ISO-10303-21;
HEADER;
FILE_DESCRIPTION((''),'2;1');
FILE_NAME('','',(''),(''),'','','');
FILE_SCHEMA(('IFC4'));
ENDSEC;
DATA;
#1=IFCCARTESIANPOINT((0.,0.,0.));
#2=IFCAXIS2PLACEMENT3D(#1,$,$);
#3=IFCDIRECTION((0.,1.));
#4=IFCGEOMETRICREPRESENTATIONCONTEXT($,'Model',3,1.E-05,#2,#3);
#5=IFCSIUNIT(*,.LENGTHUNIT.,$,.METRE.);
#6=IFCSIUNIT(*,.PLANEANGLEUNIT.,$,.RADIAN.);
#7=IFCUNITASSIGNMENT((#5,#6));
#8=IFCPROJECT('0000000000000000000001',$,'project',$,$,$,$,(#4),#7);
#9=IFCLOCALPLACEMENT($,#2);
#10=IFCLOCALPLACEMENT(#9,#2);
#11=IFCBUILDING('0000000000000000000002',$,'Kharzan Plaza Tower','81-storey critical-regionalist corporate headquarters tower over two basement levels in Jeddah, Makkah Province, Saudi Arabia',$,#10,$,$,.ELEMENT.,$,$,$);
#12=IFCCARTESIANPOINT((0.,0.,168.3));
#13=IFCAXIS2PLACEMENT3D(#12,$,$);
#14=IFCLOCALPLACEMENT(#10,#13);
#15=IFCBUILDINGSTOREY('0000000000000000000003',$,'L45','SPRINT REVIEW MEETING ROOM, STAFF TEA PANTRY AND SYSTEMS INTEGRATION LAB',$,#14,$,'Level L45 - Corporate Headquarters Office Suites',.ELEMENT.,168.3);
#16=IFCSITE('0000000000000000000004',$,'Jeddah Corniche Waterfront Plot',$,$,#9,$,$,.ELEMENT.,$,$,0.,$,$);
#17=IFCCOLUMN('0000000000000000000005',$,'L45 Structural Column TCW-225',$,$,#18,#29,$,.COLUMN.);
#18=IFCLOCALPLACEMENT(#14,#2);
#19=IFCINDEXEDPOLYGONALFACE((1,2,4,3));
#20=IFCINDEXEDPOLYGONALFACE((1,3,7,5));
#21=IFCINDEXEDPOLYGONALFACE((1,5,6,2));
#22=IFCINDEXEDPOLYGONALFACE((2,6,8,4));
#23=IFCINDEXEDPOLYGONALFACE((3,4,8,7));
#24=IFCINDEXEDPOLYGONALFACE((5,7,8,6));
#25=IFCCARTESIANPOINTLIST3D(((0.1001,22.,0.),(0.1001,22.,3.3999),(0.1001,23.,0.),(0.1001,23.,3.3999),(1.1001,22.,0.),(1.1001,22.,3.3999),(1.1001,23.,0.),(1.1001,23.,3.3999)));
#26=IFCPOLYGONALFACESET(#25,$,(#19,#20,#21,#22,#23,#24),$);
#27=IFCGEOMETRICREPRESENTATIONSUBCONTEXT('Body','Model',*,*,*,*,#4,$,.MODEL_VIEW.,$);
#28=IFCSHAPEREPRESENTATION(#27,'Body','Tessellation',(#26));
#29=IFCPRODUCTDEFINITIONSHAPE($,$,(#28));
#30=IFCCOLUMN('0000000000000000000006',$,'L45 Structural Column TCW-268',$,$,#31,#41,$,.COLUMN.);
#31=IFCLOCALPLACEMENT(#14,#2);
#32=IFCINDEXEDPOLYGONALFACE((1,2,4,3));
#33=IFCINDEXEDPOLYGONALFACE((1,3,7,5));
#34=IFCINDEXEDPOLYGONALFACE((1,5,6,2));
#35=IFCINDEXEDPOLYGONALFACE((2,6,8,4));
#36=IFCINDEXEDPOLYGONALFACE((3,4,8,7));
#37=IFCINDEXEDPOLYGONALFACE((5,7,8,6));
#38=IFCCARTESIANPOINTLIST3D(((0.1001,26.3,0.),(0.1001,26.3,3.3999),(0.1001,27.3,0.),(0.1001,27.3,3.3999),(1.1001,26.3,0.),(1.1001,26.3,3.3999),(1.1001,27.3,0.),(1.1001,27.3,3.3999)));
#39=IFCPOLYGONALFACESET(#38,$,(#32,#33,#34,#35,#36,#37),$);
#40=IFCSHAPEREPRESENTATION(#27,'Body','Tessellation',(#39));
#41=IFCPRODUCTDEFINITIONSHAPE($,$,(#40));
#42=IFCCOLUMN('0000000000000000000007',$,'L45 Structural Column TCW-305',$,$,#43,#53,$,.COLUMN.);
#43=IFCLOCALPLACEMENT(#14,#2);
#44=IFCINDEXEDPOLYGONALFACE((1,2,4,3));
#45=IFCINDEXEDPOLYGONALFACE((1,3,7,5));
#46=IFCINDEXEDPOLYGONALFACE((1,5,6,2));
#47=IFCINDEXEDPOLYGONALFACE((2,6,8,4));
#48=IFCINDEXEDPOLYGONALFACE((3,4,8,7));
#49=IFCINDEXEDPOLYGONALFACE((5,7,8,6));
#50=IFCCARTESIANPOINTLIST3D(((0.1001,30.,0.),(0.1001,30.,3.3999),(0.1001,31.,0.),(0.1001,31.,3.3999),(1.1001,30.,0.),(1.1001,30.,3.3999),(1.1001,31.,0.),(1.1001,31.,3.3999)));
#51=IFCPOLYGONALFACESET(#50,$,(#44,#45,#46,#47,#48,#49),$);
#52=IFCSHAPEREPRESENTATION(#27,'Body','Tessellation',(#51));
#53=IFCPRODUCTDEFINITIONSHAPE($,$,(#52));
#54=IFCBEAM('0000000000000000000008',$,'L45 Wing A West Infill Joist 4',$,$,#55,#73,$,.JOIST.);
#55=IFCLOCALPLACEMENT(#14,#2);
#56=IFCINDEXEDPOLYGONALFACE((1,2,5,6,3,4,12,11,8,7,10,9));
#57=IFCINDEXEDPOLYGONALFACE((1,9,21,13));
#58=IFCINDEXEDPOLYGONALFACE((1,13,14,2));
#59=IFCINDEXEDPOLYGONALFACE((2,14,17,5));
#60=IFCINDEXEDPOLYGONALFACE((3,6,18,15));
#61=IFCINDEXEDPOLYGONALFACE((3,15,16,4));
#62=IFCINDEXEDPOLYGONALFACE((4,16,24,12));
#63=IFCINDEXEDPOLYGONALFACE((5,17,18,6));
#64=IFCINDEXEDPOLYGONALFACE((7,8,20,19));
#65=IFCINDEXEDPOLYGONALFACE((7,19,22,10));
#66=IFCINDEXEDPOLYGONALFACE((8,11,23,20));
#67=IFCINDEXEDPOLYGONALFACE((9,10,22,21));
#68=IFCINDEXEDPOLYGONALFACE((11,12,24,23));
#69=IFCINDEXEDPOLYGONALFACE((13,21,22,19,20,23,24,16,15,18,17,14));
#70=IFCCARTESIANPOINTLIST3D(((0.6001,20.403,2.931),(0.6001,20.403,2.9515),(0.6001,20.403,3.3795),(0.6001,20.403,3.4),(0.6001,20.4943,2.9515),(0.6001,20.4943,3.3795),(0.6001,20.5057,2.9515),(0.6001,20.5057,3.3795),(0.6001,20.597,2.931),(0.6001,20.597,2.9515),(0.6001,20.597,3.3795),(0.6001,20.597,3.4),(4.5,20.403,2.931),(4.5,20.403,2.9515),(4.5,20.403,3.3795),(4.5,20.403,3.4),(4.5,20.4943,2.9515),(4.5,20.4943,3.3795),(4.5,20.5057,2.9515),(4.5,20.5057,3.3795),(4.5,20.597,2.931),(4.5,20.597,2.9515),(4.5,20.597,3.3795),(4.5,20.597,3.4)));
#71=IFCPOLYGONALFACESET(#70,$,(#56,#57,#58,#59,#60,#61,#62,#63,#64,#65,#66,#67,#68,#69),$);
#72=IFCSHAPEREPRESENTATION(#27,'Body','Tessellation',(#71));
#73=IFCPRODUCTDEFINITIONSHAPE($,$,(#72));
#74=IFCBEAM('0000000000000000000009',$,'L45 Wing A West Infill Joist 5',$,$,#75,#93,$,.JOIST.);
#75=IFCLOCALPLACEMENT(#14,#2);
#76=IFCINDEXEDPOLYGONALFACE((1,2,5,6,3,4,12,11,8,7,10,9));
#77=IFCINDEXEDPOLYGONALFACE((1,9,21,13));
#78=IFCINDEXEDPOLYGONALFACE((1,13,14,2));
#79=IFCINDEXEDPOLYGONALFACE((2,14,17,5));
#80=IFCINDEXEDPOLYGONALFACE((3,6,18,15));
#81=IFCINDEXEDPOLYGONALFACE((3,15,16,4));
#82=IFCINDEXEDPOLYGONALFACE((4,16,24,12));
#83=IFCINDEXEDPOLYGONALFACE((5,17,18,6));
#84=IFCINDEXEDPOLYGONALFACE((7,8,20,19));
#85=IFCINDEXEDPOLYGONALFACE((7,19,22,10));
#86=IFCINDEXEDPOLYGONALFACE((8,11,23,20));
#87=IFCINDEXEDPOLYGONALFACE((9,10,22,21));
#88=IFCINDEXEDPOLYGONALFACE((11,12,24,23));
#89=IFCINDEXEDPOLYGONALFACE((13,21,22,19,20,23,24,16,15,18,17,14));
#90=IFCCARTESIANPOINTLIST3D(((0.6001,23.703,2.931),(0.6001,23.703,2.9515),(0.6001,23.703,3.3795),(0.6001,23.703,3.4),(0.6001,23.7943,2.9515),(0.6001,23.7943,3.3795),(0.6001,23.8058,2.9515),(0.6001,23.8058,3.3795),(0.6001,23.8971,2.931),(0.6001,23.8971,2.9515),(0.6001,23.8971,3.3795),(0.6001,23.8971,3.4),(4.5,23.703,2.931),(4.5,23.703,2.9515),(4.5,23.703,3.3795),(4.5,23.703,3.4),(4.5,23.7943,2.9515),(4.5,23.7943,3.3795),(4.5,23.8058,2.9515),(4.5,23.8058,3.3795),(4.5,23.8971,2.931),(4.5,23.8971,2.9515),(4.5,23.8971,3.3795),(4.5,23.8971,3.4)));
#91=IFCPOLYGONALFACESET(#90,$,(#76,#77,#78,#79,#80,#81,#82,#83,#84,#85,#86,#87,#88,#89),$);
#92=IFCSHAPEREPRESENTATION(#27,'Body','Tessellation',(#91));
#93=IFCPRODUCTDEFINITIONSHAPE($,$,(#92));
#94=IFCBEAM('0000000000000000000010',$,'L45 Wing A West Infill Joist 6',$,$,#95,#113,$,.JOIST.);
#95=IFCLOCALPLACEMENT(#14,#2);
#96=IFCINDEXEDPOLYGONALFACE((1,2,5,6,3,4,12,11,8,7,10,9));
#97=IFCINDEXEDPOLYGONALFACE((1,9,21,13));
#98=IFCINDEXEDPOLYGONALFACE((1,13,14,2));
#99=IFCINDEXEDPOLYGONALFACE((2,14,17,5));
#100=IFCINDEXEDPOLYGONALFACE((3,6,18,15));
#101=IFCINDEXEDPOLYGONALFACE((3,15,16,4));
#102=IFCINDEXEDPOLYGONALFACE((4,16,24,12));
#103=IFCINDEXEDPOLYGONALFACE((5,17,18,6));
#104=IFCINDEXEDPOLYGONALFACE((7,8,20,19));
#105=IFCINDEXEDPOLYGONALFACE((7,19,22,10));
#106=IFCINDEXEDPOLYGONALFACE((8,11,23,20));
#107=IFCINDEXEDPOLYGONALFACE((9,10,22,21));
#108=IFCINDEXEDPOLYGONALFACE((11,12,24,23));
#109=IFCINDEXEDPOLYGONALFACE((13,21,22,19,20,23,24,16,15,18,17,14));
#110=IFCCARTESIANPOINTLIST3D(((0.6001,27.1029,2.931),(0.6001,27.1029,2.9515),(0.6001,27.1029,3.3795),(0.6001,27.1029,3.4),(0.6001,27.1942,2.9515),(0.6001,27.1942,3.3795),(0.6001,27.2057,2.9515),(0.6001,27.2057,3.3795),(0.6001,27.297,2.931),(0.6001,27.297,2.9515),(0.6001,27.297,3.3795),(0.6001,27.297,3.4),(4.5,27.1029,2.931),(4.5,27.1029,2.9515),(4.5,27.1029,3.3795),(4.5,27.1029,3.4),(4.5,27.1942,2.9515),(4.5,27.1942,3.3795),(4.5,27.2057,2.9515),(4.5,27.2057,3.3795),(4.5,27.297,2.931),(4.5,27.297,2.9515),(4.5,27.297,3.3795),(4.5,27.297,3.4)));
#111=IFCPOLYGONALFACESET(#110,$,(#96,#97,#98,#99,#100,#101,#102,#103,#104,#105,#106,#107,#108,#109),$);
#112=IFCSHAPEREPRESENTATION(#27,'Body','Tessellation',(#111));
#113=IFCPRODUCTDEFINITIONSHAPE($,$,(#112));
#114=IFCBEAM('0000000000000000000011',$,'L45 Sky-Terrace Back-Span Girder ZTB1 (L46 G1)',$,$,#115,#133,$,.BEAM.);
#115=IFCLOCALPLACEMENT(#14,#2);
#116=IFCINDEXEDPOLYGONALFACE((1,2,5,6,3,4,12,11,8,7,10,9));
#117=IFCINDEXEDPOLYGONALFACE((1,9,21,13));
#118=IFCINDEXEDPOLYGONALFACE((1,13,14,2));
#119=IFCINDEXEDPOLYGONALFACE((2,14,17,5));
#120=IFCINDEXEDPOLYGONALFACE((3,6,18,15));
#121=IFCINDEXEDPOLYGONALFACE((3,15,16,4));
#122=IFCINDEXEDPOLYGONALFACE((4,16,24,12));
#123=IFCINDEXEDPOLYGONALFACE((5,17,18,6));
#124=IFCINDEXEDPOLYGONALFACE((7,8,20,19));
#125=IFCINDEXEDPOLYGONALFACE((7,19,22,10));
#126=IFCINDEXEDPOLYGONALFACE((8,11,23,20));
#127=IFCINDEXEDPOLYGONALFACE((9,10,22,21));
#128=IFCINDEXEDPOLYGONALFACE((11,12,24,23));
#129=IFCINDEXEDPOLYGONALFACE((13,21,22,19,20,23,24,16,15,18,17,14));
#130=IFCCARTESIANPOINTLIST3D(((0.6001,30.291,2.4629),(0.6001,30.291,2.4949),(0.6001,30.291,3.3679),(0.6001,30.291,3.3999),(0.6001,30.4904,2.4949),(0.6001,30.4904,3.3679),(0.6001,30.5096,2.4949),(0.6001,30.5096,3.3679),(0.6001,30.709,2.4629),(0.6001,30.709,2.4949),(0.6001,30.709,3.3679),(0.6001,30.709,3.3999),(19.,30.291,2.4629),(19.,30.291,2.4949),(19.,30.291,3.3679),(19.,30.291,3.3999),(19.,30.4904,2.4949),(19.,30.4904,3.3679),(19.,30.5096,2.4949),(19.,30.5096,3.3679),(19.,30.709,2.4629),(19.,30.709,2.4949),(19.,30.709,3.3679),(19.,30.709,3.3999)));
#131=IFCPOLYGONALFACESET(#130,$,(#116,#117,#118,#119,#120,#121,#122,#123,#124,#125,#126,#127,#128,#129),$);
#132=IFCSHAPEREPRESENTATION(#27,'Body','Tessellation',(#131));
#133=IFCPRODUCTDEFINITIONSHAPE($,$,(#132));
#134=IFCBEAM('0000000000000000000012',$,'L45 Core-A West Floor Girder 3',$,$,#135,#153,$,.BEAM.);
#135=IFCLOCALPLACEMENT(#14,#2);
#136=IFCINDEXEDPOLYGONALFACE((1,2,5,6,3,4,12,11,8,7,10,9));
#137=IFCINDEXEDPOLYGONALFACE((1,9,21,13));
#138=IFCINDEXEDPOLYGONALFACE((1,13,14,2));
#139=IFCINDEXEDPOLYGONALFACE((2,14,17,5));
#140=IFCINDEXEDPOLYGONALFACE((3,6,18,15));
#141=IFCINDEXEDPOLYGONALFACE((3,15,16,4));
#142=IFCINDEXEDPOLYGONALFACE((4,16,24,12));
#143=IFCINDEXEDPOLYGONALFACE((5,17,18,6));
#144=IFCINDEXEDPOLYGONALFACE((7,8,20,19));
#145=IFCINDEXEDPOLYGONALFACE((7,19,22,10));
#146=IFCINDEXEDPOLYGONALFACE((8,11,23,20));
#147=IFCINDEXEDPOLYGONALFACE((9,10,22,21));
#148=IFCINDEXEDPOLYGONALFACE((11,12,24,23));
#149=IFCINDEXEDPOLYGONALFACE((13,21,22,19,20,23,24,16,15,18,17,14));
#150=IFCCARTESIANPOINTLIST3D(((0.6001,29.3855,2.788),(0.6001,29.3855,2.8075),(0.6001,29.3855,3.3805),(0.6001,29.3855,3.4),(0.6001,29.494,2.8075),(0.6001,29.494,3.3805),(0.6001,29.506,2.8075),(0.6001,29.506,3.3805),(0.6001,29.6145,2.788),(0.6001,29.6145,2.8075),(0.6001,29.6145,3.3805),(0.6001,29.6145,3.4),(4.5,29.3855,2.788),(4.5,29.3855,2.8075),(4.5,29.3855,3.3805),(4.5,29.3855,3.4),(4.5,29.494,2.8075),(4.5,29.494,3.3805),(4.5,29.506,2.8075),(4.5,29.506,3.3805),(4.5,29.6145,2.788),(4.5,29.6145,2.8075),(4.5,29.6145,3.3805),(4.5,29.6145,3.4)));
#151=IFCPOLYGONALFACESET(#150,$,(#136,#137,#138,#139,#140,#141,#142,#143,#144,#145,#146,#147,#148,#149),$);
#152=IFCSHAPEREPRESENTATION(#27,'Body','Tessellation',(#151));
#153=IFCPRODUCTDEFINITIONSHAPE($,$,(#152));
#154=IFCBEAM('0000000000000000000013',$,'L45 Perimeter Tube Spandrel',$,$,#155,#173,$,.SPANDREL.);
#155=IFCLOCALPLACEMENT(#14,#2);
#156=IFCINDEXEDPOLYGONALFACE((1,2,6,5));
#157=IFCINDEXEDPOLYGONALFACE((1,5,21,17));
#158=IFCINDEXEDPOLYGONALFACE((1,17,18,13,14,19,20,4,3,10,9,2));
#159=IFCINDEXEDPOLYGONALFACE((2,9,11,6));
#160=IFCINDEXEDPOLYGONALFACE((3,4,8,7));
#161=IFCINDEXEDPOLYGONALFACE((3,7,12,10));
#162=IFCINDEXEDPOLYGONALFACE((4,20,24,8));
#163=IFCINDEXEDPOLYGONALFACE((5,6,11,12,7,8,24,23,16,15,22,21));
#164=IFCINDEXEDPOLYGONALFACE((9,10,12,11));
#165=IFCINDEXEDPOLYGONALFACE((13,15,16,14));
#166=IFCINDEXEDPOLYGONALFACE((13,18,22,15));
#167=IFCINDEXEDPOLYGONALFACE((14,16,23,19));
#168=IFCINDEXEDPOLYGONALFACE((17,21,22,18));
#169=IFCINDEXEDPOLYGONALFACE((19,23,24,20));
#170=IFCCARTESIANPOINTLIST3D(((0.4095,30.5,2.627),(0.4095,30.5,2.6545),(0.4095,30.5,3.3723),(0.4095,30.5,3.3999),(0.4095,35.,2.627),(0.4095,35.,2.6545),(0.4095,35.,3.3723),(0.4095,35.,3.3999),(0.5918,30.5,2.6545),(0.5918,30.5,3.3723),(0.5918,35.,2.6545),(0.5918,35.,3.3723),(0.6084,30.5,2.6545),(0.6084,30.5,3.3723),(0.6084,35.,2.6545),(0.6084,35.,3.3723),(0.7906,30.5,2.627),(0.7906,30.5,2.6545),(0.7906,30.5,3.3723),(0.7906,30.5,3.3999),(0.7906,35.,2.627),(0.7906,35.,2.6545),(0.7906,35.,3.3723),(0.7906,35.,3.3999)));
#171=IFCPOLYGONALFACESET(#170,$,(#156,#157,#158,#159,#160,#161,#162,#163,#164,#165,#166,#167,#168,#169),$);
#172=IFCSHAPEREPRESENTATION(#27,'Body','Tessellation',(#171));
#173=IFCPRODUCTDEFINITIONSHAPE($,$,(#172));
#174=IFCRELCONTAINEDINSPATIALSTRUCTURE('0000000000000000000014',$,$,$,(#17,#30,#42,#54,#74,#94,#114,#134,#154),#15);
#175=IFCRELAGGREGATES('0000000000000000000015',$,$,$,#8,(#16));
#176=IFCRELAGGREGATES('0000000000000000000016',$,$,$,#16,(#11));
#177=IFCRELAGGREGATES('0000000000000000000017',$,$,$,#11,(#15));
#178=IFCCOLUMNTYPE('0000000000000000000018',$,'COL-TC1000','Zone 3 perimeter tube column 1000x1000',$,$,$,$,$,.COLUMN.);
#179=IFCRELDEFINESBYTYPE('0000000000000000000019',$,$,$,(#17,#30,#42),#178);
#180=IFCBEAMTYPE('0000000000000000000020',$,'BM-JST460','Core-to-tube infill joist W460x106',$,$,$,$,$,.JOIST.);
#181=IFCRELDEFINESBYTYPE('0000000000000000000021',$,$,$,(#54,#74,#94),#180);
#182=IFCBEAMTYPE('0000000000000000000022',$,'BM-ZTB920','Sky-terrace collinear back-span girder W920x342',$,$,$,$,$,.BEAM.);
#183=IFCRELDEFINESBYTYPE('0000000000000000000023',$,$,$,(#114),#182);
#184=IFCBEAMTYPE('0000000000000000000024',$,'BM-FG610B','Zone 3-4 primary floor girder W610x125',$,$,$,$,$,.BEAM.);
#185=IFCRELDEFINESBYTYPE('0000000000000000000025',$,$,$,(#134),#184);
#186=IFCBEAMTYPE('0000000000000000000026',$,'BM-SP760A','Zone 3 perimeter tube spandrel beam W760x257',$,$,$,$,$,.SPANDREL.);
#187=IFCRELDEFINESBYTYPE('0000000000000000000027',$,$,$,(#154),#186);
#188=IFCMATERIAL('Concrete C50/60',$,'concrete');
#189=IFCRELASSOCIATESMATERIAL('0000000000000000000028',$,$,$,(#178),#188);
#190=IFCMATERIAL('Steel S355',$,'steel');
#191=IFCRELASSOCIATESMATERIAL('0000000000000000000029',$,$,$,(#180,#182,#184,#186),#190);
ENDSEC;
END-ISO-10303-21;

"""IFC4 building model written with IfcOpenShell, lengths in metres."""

from ifc_helpers import new_model, si_unit, direction, frame, origin, origin_2d, place, context, subcontext, project, spatial, rectangle, i_section, extrude, source, transform, mapped, material, material_profile, profile_set, type_object, element, save


model = new_model("IFC4")

# Units and contexts
model_context = context("Model", 3, precision=1e-05, world=origin(), true_north=direction((0.0, 1.0)))
body_context = subcontext(model_context, "Body", "Model", "MODEL_VIEW")
ifc_project = project(units=[si_unit("LENGTHUNIT", "METRE"), si_unit("PLANEANGLEUNIT", "RADIAN")], contexts=[model_context])

# Site, building, storey
site_placement = place(None, origin())
site = spatial("IfcSite", under=ifc_project, at=site_placement, Name="Jeddah Corniche Waterfront Plot", CompositionType="ELEMENT", RefElevation=0.0)
building_placement = place(site_placement, origin())
building = spatial("IfcBuilding", under=site, at=building_placement, Name="Kharzan Plaza Tower", Description="81-storey critical-regionalist corporate headquarters tower over two basement levels in Jeddah, Makkah Province, Saudi Arabia", CompositionType="ELEMENT")
storey_placement = place(building_placement, frame((0.0, 0.0, 168.3)))
storey = spatial("IfcBuildingStorey", under=building, at=storey_placement, Name="L45", Description="SPRINT REVIEW MEETING ROOM, STAFF TEA PANTRY AND SYSTEMS INTEGRATION LAB", LongName="Level L45 - Corporate Headquarters Office Suites", CompositionType="ELEMENT", Elevation=168.3)

# Columns
ifc_material_1 = material(Name="Concrete C50/60", Category="concrete")
ifc_material_profile_1 = material_profile(ifc_material_1, rectangle(XDim=1.0, YDim=1.0, at=origin_2d()), Name="RC-TC1000x1000")
ifc_profile_set_1 = profile_set([ifc_material_profile_1], Name="Concrete C50/60")
column_type = type_object("IfcColumnType", Name="COL-TC1000", Description="Zone 3 perimeter tube column 1000x1000", PredefinedType="COLUMN", material=ifc_profile_set_1)
shared_shape_1 = source(origin(), body_context, "Body", "SweptSolid", [
    extrude(rectangle(XDim=1.0, YDim=1.0, at=origin_2d()), origin(), (0.0, 0.0, 1.0), 3.3999),
])
for number, where, z_axis, x_axis, name in (
    (1, (0.6001, 22.5, 0.0), (0.0, 0.0, 1.0), (1.0, 0.0, 0.0), "L45 Structural Column TCW-225"),
    (2, (0.6001, 26.8, 0.0), (0.0, 0.0, 1.0), (1.0, 0.0, 0.0), "L45 Structural Column TCW-268"),
    (3, (0.6001, 30.5, 0.0), (0.0, 0.0, 1.0), (1.0, 0.0, 0.0), "L45 Structural Column TCW-305"),
):
    element("IfcColumn", number, at=place(storey_placement, frame(where, z_axis=z_axis, x_axis=x_axis)), inside=storey, type_object=column_type, Name=name, PredefinedType="COLUMN", context=body_context, shape_type="MappedRepresentation", body=[
        mapped(shared_shape_1, transform((0.0, 0.0, 0.0), x_axis=(1.0, 0.0, 0.0), y_axis=(0.0, 1.0, 0.0), z_axis=(0.0, 0.0, 1.0))),
    ])

# Beams
ifc_material_2 = material(Name="Steel S355", Category="steel")
ifc_material_profile_2 = material_profile(ifc_material_2, i_section(OverallWidth=0.1941, OverallDepth=0.469, WebThickness=0.0115, FlangeThickness=0.0205, at=origin_2d()), Name="W460x106")
ifc_profile_set_2 = profile_set([ifc_material_profile_2], Name="Steel S355")
beam_type_1 = type_object("IfcBeamType", Name="BM-JST460", Description="Core-to-tube infill joist W460x106", PredefinedType="JOIST", material=ifc_profile_set_2)
shared_shape_2 = source(origin(), body_context, "Body", "SweptSolid", [
    extrude(i_section(OverallWidth=0.1941, OverallDepth=0.469, WebThickness=0.0115, FlangeThickness=0.0205, at=origin_2d()), origin(), (0.0, 0.0, 1.0), 3.8999),
])
for number, where, z_axis, x_axis, name in (
    (4, (0.6001, 20.5, 3.1655), (1.0, 0.0, 0.0), (0.0, 1.0, 0.0), "L45 Wing A West Infill Joist 4"),
    (5, (0.6001, 23.8, 3.1655), (1.0, 0.0, 0.0), (0.0, 1.0, 0.0), "L45 Wing A West Infill Joist 5"),
    (6, (0.6001, 27.2, 3.1655), (1.0, 0.0, 0.0), (0.0, 1.0, 0.0), "L45 Wing A West Infill Joist 6"),
):
    element("IfcBeam", number, at=place(storey_placement, frame(where, z_axis=z_axis, x_axis=x_axis)), inside=storey, type_object=beam_type_1, Name=name, PredefinedType="JOIST", context=body_context, shape_type="MappedRepresentation", body=[
        mapped(shared_shape_2, transform((0.0, 0.0, 0.0), x_axis=(1.0, 0.0, 0.0), y_axis=(0.0, 1.0, 0.0), z_axis=(0.0, 0.0, 1.0))),
    ])
ifc_material_profile_3 = material_profile(ifc_material_2, i_section(OverallWidth=0.418, OverallDepth=0.937, WebThickness=0.0193, FlangeThickness=0.032, at=origin_2d()), Name="W920x342")
ifc_profile_set_3 = profile_set([ifc_material_profile_3], Name="Steel S355")
beam_type_2 = type_object("IfcBeamType", Name="BM-ZTB920", Description="Sky-terrace collinear back-span girder W920x342", PredefinedType="BEAM", material=ifc_profile_set_3)
shared_shape_3 = source(origin(), body_context, "Body", "SweptSolid", [
    extrude(i_section(OverallWidth=0.418, OverallDepth=0.937, WebThickness=0.0193, FlangeThickness=0.032, at=origin_2d()), origin(), (0.0, 0.0, 1.0), 18.3999),
])
beam_1_placement = place(storey_placement, frame((0.6001, 30.5, 2.9314), z_axis=(1.0, 0.0, 0.0), x_axis=(0.0, 1.0, 0.0)))
element("IfcBeam", 7, at=beam_1_placement, inside=storey, type_object=beam_type_2, Name="L45 Sky-Terrace Back-Span Girder ZTB1 (L46 G1)", PredefinedType="BEAM", context=body_context, shape_type="MappedRepresentation", body=[
    mapped(shared_shape_3, transform((0.0, 0.0, 0.0), x_axis=(1.0, 0.0, 0.0), y_axis=(0.0, 1.0, 0.0), z_axis=(0.0, 0.0, 1.0))),
])
ifc_material_profile_4 = material_profile(ifc_material_2, i_section(OverallWidth=0.229, OverallDepth=0.6121, WebThickness=0.012, FlangeThickness=0.0195, at=origin_2d()), Name="W610x125")
ifc_profile_set_4 = profile_set([ifc_material_profile_4], Name="Steel S355")
beam_type_3 = type_object("IfcBeamType", Name="BM-FG610B", Description="Zone 3-4 primary floor girder W610x125", PredefinedType="BEAM", material=ifc_profile_set_4)
shared_shape_4 = source(origin(), body_context, "Body", "SweptSolid", [
    extrude(i_section(OverallWidth=0.229, OverallDepth=0.6121, WebThickness=0.012, FlangeThickness=0.0195, at=origin_2d()), origin(), (0.0, 0.0, 1.0), 3.8999),
])
beam_2_placement = place(storey_placement, frame((0.6001, 29.5, 3.094), z_axis=(1.0, 0.0, 0.0), x_axis=(0.0, 1.0, 0.0)))
element("IfcBeam", 8, at=beam_2_placement, inside=storey, type_object=beam_type_3, Name="L45 Core-A West Floor Girder 3", PredefinedType="BEAM", context=body_context, shape_type="MappedRepresentation", body=[
    mapped(shared_shape_4, transform((0.0, 0.0, 0.0), x_axis=(1.0, 0.0, 0.0), y_axis=(0.0, 1.0, 0.0), z_axis=(0.0, 0.0, 1.0))),
])
ifc_material_profile_5 = material_profile(ifc_material_2, i_section(OverallWidth=0.3811, OverallDepth=0.7729, WebThickness=0.0166, FlangeThickness=0.0276, at=origin_2d()), Name="W760x257")
ifc_profile_set_5 = profile_set([ifc_material_profile_5], Name="Steel S355")
beam_type_4 = type_object("IfcBeamType", Name="BM-SP760A", Description="Zone 3 perimeter tube spandrel beam W760x257", PredefinedType="SPANDREL", material=ifc_profile_set_5)
shared_shape_5 = source(origin(), body_context, "Body", "SweptSolid", [
    extrude(i_section(OverallWidth=0.3811, OverallDepth=0.7729, WebThickness=0.0166, FlangeThickness=0.0276, at=origin_2d()), origin(), (0.0, 0.0, 1.0), 4.5),
])
beam_3_placement = place(storey_placement, frame((0.6001, 30.5, 3.0134), z_axis=(0.0, 1.0, 0.0), x_axis=(-1.0, 0.0, 0.0)))
element("IfcBeam", 9, at=beam_3_placement, inside=storey, type_object=beam_type_4, Name="L45 Perimeter Tube Spandrel", PredefinedType="SPANDREL", context=body_context, shape_type="MappedRepresentation", body=[
    mapped(shared_shape_5, transform((0.0, 0.0, 0.0), x_axis=(1.0, 0.0, 0.0), y_axis=(0.0, 1.0, 0.0), z_axis=(0.0, 0.0, 1.0))),
])

save(model, "model.ifc")
